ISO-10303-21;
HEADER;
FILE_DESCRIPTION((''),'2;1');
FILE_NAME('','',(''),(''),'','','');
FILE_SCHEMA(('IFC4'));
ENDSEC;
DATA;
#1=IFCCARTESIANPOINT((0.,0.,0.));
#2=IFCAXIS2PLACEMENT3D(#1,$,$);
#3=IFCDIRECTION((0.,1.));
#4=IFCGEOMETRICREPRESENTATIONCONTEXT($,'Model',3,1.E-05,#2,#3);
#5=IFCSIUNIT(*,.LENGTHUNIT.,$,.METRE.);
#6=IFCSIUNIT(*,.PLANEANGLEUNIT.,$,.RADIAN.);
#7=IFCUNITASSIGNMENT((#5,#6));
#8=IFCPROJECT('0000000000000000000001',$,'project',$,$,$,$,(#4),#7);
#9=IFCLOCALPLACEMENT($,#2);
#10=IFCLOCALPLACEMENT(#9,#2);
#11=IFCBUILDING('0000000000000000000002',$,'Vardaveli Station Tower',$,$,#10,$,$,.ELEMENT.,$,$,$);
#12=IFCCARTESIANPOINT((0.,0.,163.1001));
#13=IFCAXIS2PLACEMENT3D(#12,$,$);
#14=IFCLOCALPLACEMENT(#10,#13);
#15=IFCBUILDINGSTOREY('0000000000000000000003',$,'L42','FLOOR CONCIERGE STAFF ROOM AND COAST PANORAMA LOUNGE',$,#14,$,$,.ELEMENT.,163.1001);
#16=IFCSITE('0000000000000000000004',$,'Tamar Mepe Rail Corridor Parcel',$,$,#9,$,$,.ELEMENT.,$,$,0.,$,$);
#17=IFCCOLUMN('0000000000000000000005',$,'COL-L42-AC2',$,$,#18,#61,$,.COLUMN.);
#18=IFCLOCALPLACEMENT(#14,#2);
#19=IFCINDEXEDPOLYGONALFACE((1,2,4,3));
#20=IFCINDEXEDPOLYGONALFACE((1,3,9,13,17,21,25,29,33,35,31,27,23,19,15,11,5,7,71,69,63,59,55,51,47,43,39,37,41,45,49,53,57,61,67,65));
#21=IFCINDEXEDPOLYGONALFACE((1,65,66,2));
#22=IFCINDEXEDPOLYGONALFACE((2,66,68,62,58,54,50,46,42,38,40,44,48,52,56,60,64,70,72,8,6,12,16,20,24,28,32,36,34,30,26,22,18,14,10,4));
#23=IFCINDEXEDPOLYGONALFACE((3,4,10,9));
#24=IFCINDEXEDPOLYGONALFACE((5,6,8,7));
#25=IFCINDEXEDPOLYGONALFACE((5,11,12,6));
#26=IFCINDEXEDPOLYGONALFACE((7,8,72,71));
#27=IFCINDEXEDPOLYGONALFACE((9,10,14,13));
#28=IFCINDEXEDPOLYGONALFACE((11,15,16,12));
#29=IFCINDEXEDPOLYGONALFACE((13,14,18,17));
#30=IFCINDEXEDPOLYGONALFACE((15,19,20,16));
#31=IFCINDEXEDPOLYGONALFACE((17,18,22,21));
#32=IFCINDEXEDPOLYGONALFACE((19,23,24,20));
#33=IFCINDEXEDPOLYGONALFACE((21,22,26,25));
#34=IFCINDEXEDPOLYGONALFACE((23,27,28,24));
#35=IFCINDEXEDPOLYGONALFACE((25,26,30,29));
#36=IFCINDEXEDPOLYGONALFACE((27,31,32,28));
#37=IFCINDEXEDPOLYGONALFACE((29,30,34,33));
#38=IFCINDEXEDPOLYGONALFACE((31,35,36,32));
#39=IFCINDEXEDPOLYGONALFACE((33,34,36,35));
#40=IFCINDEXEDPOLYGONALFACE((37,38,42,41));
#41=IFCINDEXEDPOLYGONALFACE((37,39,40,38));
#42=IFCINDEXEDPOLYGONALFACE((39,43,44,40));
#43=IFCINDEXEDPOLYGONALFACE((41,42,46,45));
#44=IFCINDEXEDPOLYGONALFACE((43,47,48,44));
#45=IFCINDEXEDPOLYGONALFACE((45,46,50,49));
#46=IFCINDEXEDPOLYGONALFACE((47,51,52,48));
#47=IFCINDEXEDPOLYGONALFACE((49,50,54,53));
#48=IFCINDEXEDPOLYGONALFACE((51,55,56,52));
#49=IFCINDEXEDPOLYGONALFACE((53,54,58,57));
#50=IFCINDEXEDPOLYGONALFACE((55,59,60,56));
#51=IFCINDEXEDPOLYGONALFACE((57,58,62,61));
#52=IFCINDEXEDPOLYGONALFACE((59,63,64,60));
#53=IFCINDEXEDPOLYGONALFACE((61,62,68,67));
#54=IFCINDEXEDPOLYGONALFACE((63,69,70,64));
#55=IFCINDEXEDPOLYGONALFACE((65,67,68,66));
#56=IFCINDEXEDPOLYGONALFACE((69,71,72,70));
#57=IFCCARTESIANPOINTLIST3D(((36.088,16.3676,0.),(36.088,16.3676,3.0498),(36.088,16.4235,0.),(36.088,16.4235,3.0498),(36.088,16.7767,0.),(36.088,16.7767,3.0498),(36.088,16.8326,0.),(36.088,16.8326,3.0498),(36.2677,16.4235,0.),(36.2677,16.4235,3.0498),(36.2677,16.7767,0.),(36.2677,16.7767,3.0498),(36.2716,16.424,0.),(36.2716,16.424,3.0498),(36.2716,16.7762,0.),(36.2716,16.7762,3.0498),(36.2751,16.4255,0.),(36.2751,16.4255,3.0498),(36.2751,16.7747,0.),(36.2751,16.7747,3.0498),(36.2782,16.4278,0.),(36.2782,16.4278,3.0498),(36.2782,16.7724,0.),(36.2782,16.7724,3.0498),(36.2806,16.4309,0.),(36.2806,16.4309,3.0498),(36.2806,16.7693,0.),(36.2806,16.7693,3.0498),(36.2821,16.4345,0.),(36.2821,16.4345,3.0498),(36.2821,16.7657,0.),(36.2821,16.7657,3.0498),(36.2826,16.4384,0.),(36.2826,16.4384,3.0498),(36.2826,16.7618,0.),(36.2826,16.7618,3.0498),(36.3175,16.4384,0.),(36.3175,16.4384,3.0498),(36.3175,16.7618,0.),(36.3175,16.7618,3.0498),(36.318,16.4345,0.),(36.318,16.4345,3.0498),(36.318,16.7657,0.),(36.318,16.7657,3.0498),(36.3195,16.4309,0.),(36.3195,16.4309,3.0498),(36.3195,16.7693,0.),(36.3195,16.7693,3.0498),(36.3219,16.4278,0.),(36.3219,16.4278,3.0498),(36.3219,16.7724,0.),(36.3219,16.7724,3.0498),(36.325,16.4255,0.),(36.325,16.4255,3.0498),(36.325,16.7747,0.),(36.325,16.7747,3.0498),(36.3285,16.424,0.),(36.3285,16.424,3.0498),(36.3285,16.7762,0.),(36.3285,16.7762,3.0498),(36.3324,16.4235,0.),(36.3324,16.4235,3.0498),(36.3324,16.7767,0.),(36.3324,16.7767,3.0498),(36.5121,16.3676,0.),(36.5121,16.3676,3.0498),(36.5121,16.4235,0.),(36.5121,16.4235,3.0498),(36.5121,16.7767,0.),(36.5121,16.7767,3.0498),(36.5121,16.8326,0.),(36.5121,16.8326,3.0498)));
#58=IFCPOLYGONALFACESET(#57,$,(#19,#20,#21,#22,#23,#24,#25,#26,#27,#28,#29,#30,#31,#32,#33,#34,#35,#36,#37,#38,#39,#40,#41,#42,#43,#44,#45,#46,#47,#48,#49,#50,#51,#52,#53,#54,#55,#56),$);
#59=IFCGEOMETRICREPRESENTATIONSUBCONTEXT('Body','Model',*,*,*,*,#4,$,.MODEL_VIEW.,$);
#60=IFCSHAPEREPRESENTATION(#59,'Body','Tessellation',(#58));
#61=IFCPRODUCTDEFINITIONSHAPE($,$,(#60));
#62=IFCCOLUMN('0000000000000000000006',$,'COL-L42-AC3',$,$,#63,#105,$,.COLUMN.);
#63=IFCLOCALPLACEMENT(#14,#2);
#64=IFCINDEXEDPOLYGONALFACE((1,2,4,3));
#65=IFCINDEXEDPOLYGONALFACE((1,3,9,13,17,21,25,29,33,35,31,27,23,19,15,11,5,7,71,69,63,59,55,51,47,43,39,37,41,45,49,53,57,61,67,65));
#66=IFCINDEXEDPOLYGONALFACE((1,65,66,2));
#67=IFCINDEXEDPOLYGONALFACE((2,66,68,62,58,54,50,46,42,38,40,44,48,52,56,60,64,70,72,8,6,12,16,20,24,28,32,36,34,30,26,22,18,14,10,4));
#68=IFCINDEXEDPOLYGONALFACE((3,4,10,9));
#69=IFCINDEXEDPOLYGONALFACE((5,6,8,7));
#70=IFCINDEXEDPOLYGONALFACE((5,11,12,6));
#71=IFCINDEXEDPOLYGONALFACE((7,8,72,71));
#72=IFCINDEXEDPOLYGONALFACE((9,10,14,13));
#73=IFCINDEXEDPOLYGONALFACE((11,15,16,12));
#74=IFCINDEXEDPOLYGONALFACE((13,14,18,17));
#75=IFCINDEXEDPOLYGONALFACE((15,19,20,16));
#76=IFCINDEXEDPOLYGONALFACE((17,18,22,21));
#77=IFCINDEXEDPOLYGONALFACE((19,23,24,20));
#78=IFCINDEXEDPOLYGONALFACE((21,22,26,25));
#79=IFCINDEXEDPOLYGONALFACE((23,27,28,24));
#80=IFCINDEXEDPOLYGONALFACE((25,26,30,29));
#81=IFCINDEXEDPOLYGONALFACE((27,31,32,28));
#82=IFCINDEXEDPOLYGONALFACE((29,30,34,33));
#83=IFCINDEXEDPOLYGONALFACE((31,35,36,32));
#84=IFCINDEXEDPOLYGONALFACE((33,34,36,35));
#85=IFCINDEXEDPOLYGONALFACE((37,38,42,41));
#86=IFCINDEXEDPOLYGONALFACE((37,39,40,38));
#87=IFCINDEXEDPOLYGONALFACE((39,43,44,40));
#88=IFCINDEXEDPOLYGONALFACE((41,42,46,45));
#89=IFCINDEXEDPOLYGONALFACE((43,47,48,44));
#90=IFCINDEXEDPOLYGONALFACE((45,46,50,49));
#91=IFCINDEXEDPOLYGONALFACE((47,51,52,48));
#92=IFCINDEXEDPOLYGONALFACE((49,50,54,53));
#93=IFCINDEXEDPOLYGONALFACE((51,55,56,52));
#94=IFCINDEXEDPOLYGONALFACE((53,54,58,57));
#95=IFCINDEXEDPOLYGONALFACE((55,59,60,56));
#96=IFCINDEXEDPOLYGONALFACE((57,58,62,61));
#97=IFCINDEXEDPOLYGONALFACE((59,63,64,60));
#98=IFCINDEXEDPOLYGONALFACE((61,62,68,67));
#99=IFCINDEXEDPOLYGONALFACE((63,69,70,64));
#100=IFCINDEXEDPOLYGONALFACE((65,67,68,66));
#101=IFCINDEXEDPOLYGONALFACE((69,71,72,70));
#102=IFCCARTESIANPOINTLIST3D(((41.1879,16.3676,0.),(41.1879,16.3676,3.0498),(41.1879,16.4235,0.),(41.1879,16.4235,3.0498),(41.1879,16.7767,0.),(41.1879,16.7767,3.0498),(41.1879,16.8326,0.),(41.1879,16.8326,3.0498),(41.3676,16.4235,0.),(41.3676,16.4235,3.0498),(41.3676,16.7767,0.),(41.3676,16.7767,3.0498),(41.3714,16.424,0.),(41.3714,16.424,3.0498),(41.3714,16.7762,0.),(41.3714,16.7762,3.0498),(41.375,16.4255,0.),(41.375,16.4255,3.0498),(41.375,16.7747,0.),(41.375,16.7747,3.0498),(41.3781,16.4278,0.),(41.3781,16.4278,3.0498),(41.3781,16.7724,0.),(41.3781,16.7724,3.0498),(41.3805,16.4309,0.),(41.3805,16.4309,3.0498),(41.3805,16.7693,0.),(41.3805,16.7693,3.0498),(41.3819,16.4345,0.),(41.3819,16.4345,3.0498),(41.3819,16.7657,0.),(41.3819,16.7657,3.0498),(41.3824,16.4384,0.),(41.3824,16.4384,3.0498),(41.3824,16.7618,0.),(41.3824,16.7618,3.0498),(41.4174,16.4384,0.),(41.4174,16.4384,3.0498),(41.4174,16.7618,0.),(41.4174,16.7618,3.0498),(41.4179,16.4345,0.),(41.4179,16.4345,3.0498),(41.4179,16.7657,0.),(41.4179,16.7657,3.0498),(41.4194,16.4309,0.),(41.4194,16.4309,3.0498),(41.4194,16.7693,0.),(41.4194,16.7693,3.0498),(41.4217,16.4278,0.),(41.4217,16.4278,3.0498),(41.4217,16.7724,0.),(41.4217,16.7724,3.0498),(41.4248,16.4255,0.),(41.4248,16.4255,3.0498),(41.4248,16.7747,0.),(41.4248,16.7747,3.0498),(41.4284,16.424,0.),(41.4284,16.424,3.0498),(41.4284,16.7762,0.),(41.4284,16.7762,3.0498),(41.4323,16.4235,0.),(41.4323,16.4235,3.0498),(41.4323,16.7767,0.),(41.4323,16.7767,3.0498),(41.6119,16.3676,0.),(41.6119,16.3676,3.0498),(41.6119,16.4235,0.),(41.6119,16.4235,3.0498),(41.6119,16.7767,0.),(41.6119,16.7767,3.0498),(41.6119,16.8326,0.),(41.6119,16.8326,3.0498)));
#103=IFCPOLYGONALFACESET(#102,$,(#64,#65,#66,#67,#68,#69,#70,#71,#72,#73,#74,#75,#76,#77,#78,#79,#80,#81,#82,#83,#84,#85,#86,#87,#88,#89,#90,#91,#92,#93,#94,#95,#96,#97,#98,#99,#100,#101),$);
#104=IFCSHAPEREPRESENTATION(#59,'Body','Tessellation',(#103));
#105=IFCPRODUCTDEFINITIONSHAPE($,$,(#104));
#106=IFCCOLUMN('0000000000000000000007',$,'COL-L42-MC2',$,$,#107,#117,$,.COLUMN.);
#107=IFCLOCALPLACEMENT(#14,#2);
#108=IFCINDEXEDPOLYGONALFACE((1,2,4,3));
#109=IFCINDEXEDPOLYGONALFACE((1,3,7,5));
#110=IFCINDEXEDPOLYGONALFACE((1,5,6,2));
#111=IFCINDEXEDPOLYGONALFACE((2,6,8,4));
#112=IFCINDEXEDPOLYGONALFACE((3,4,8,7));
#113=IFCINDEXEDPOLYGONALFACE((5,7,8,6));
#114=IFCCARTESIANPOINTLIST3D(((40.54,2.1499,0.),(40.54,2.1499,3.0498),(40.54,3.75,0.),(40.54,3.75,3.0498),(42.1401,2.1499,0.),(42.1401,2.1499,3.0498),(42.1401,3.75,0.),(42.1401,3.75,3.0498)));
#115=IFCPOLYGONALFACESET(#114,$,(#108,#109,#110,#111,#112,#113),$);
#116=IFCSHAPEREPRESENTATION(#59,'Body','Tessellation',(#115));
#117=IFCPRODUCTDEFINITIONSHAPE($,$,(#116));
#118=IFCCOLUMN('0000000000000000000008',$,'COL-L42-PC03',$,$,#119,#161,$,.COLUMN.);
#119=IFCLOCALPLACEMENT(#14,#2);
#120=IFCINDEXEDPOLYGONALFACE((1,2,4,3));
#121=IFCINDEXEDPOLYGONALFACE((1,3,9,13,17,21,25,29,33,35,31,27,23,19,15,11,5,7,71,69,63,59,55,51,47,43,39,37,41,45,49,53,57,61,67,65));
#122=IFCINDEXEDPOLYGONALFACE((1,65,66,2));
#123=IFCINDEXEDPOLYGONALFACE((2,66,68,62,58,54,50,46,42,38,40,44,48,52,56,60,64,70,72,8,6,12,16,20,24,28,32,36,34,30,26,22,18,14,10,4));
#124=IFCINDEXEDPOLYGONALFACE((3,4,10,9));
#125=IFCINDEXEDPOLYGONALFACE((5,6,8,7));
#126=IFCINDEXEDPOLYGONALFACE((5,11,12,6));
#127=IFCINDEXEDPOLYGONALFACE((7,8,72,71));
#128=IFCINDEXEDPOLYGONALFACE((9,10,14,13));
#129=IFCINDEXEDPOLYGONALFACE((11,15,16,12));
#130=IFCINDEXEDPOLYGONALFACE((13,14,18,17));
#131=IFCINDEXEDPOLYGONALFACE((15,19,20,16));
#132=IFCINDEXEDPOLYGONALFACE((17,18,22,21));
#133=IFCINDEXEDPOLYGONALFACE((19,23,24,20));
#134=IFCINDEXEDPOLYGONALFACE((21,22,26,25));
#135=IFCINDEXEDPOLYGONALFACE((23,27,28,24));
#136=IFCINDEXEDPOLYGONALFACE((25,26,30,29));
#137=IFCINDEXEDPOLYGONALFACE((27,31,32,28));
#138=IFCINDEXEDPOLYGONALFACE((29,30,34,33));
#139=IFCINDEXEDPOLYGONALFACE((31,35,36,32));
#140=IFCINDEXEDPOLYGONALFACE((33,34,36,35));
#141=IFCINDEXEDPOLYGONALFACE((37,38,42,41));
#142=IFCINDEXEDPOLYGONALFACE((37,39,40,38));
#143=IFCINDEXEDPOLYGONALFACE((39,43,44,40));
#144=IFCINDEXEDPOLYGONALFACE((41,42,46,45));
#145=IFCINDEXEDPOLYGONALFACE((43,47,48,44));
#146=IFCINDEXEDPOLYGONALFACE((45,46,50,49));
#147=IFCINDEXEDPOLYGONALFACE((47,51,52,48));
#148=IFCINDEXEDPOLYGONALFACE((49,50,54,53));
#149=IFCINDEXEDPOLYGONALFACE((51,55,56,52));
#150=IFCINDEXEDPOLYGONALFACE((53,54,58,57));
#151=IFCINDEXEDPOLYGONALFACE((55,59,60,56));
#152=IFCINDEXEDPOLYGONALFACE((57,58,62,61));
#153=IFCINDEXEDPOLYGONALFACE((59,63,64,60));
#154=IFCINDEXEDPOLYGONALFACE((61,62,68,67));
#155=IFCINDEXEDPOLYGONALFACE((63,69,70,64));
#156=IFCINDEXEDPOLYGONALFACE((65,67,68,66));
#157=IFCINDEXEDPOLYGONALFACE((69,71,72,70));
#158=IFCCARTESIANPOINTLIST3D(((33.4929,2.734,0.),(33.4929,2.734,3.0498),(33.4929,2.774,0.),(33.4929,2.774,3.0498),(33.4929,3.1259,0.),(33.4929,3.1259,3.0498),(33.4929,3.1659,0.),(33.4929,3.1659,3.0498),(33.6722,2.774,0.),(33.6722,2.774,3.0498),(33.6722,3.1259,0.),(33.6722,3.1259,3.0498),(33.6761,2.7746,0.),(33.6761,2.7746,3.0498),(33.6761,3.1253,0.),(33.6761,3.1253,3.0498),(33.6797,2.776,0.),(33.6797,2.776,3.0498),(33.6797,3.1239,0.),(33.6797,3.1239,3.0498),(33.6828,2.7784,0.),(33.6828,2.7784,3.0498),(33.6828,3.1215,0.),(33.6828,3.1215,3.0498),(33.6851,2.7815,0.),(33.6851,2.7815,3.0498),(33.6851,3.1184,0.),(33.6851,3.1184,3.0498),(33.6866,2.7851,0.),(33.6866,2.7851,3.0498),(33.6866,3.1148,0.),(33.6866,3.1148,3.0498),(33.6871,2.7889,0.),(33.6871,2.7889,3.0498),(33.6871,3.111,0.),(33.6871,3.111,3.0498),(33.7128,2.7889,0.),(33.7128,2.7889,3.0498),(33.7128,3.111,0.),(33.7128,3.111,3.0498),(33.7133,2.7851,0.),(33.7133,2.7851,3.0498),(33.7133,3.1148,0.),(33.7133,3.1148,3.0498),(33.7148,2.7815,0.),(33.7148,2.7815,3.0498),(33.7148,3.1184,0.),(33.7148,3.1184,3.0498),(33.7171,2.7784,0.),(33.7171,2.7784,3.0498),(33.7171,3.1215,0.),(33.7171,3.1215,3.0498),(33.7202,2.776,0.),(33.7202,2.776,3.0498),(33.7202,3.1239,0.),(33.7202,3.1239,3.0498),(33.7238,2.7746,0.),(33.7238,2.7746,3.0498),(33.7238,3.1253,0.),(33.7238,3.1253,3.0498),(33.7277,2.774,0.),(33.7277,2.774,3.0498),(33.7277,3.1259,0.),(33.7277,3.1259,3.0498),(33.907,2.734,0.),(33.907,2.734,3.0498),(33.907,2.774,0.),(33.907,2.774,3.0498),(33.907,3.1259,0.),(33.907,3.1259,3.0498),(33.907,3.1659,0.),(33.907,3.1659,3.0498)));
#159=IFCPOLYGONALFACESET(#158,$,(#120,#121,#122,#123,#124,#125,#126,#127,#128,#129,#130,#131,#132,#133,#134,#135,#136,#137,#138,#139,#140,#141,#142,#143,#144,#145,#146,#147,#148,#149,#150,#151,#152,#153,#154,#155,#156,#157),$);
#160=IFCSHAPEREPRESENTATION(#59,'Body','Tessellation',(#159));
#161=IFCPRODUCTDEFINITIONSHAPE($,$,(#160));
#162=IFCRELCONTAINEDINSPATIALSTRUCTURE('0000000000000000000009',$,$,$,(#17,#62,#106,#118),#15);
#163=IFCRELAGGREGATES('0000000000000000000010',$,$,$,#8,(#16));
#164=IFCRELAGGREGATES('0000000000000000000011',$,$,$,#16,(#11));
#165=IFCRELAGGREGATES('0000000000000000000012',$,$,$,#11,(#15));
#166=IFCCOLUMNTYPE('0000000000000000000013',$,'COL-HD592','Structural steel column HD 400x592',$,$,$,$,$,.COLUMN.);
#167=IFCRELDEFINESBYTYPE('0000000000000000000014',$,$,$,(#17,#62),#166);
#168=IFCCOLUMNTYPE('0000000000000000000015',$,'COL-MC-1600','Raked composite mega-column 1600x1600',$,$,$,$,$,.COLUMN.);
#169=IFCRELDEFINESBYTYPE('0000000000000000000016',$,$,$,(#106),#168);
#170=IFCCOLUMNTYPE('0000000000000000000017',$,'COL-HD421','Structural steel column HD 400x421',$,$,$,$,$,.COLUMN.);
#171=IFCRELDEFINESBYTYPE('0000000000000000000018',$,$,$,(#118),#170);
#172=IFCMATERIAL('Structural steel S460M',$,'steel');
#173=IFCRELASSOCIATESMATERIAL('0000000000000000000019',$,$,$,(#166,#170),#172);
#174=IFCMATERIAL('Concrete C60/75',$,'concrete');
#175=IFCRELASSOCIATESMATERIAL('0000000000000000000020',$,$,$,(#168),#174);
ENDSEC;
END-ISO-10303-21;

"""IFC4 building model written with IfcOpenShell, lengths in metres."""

from ifc_helpers import new_model, si_unit, direction, frame, origin, origin_2d, place, context, subcontext, project, spatial, rectangle, i_section, extrude, source, transform, mapped, material, material_profile, profile_set, type_object, element, save


model = new_model("IFC4")

# Units and contexts
model_context = context("Model", 3, precision=1e-05, world=origin(), true_north=direction((0.0, 1.0)))
body_context = subcontext(model_context, "Body", "Model", "MODEL_VIEW")
ifc_project = project(units=[si_unit("LENGTHUNIT", "METRE"), si_unit("PLANEANGLEUNIT", "RADIAN")], contexts=[model_context])

# Site, building, storey
site_placement = place(None, origin())
site = spatial("IfcSite", under=ifc_project, at=site_placement, Name="Tamar Mepe Rail Corridor Parcel", CompositionType="ELEMENT", RefElevation=0.0)
building_placement = place(site_placement, origin())
building = spatial("IfcBuilding", under=site, at=building_placement, Name="Vardaveli Station Tower", CompositionType="ELEMENT")
storey_placement = place(building_placement, frame((0.0, 0.0, 163.1001)))
storey = spatial("IfcBuildingStorey", under=building, at=storey_placement, Name="L42", Description="FLOOR CONCIERGE STAFF ROOM AND COAST PANORAMA LOUNGE", CompositionType="ELEMENT", Elevation=163.1001)

# Columns
ifc_material_1 = material(Name="Structural steel S460M", Category="steel")
ifc_material_profile_1 = material_profile(ifc_material_1, i_section(OverallWidth=0.4241, OverallDepth=0.4651, WebThickness=0.0349, FlangeThickness=0.0559, FilletRadius=0.0149, at=origin_2d()), Name="HD 400x592")
ifc_profile_set_1 = profile_set([ifc_material_profile_1], Name="Structural steel S460M")
column_type_1 = type_object("IfcColumnType", Name="COL-HD592", Description="Structural steel column HD 400x592", PredefinedType="COLUMN", material=ifc_profile_set_1)
shared_shape_1 = source(origin(), body_context, "Body", "SweptSolid", [
    extrude(i_section(OverallWidth=0.4241, OverallDepth=0.4651, WebThickness=0.0349, FlangeThickness=0.0559, FilletRadius=0.0149, at=origin_2d()), origin(), (0.0, 0.0, 1.0), 3.0498),
])
for number, where, z_axis, x_axis, name in (
    (1, (36.3, 16.6001, 0.0), (0.0, 0.0, 1.0), (1.0, 0.0, 0.0), "COL-L42-AC2"),
    (2, (41.3999, 16.6001, 0.0), (0.0, 0.0, 1.0), (1.0, 0.0, 0.0), "COL-L42-AC3"),
):
    element("IfcColumn", number, at=place(storey_placement, frame(where, z_axis=z_axis, x_axis=x_axis)), inside=storey, type_object=column_type_1, Name=name, PredefinedType="COLUMN", context=body_context, shape_type="MappedRepresentation", body=[
        mapped(shared_shape_1, transform((0.0, 0.0, 0.0), scale=1.0)),
    ])
ifc_material_2 = material(Name="Concrete C60/75", Category="concrete")
ifc_material_profile_2 = material_profile(ifc_material_2, rectangle(XDim=1.6001, YDim=1.6001, at=origin_2d()), Name="MC 1600x1600")
ifc_profile_set_2 = profile_set([ifc_material_profile_2], Name="Concrete C60/75")
column_type_2 = type_object("IfcColumnType", Name="COL-MC-1600", Description="Raked composite mega-column 1600x1600", PredefinedType="COLUMN", material=ifc_profile_set_2)
shared_shape_2 = source(origin(), body_context, "Body", "SweptSolid", [
    extrude(rectangle(XDim=1.6001, YDim=1.6001, at=origin_2d()), origin(), (0.0, 0.0, 1.0), 3.0498),
])
column_1_placement = place(storey_placement, frame((41.3401, 2.95, 0.0), z_axis=(0.0, 0.0, 1.0), x_axis=(1.0, 0.0, 0.0)))
element("IfcColumn", 3, at=column_1_placement, inside=storey, type_object=column_type_2, Name="COL-L42-MC2", PredefinedType="COLUMN", context=body_context, shape_type="MappedRepresentation", body=[
    mapped(shared_shape_2, transform((0.0, 0.0, 0.0), scale=1.0)),
])
ifc_material_profile_3 = material_profile(ifc_material_1, i_section(OverallWidth=0.4141, OverallDepth=0.4319, WebThickness=0.0256, FlangeThickness=0.04, FilletRadius=0.0149, at=origin_2d()), Name="HD 400x421")
ifc_profile_set_3 = profile_set([ifc_material_profile_3], Name="Structural steel S460M")
column_type_3 = type_object("IfcColumnType", Name="COL-HD421", Description="Structural steel column HD 400x421", PredefinedType="COLUMN", material=ifc_profile_set_3)
shared_shape_3 = source(origin(), body_context, "Body", "SweptSolid", [
    extrude(i_section(OverallWidth=0.4141, OverallDepth=0.4319, WebThickness=0.0256, FlangeThickness=0.04, FilletRadius=0.0149, at=origin_2d()), origin(), (0.0, 0.0, 1.0), 3.0498),
])
column_2_placement = place(storey_placement, frame((33.7, 2.95, 0.0), z_axis=(0.0, 0.0, 1.0), x_axis=(1.0, 0.0, 0.0)))
element("IfcColumn", 4, at=column_2_placement, inside=storey, type_object=column_type_3, Name="COL-L42-PC03", PredefinedType="COLUMN", context=body_context, shape_type="MappedRepresentation", body=[
    mapped(shared_shape_3, transform((0.0, 0.0, 0.0), scale=1.0)),
])

save(model, "model.ifc")
